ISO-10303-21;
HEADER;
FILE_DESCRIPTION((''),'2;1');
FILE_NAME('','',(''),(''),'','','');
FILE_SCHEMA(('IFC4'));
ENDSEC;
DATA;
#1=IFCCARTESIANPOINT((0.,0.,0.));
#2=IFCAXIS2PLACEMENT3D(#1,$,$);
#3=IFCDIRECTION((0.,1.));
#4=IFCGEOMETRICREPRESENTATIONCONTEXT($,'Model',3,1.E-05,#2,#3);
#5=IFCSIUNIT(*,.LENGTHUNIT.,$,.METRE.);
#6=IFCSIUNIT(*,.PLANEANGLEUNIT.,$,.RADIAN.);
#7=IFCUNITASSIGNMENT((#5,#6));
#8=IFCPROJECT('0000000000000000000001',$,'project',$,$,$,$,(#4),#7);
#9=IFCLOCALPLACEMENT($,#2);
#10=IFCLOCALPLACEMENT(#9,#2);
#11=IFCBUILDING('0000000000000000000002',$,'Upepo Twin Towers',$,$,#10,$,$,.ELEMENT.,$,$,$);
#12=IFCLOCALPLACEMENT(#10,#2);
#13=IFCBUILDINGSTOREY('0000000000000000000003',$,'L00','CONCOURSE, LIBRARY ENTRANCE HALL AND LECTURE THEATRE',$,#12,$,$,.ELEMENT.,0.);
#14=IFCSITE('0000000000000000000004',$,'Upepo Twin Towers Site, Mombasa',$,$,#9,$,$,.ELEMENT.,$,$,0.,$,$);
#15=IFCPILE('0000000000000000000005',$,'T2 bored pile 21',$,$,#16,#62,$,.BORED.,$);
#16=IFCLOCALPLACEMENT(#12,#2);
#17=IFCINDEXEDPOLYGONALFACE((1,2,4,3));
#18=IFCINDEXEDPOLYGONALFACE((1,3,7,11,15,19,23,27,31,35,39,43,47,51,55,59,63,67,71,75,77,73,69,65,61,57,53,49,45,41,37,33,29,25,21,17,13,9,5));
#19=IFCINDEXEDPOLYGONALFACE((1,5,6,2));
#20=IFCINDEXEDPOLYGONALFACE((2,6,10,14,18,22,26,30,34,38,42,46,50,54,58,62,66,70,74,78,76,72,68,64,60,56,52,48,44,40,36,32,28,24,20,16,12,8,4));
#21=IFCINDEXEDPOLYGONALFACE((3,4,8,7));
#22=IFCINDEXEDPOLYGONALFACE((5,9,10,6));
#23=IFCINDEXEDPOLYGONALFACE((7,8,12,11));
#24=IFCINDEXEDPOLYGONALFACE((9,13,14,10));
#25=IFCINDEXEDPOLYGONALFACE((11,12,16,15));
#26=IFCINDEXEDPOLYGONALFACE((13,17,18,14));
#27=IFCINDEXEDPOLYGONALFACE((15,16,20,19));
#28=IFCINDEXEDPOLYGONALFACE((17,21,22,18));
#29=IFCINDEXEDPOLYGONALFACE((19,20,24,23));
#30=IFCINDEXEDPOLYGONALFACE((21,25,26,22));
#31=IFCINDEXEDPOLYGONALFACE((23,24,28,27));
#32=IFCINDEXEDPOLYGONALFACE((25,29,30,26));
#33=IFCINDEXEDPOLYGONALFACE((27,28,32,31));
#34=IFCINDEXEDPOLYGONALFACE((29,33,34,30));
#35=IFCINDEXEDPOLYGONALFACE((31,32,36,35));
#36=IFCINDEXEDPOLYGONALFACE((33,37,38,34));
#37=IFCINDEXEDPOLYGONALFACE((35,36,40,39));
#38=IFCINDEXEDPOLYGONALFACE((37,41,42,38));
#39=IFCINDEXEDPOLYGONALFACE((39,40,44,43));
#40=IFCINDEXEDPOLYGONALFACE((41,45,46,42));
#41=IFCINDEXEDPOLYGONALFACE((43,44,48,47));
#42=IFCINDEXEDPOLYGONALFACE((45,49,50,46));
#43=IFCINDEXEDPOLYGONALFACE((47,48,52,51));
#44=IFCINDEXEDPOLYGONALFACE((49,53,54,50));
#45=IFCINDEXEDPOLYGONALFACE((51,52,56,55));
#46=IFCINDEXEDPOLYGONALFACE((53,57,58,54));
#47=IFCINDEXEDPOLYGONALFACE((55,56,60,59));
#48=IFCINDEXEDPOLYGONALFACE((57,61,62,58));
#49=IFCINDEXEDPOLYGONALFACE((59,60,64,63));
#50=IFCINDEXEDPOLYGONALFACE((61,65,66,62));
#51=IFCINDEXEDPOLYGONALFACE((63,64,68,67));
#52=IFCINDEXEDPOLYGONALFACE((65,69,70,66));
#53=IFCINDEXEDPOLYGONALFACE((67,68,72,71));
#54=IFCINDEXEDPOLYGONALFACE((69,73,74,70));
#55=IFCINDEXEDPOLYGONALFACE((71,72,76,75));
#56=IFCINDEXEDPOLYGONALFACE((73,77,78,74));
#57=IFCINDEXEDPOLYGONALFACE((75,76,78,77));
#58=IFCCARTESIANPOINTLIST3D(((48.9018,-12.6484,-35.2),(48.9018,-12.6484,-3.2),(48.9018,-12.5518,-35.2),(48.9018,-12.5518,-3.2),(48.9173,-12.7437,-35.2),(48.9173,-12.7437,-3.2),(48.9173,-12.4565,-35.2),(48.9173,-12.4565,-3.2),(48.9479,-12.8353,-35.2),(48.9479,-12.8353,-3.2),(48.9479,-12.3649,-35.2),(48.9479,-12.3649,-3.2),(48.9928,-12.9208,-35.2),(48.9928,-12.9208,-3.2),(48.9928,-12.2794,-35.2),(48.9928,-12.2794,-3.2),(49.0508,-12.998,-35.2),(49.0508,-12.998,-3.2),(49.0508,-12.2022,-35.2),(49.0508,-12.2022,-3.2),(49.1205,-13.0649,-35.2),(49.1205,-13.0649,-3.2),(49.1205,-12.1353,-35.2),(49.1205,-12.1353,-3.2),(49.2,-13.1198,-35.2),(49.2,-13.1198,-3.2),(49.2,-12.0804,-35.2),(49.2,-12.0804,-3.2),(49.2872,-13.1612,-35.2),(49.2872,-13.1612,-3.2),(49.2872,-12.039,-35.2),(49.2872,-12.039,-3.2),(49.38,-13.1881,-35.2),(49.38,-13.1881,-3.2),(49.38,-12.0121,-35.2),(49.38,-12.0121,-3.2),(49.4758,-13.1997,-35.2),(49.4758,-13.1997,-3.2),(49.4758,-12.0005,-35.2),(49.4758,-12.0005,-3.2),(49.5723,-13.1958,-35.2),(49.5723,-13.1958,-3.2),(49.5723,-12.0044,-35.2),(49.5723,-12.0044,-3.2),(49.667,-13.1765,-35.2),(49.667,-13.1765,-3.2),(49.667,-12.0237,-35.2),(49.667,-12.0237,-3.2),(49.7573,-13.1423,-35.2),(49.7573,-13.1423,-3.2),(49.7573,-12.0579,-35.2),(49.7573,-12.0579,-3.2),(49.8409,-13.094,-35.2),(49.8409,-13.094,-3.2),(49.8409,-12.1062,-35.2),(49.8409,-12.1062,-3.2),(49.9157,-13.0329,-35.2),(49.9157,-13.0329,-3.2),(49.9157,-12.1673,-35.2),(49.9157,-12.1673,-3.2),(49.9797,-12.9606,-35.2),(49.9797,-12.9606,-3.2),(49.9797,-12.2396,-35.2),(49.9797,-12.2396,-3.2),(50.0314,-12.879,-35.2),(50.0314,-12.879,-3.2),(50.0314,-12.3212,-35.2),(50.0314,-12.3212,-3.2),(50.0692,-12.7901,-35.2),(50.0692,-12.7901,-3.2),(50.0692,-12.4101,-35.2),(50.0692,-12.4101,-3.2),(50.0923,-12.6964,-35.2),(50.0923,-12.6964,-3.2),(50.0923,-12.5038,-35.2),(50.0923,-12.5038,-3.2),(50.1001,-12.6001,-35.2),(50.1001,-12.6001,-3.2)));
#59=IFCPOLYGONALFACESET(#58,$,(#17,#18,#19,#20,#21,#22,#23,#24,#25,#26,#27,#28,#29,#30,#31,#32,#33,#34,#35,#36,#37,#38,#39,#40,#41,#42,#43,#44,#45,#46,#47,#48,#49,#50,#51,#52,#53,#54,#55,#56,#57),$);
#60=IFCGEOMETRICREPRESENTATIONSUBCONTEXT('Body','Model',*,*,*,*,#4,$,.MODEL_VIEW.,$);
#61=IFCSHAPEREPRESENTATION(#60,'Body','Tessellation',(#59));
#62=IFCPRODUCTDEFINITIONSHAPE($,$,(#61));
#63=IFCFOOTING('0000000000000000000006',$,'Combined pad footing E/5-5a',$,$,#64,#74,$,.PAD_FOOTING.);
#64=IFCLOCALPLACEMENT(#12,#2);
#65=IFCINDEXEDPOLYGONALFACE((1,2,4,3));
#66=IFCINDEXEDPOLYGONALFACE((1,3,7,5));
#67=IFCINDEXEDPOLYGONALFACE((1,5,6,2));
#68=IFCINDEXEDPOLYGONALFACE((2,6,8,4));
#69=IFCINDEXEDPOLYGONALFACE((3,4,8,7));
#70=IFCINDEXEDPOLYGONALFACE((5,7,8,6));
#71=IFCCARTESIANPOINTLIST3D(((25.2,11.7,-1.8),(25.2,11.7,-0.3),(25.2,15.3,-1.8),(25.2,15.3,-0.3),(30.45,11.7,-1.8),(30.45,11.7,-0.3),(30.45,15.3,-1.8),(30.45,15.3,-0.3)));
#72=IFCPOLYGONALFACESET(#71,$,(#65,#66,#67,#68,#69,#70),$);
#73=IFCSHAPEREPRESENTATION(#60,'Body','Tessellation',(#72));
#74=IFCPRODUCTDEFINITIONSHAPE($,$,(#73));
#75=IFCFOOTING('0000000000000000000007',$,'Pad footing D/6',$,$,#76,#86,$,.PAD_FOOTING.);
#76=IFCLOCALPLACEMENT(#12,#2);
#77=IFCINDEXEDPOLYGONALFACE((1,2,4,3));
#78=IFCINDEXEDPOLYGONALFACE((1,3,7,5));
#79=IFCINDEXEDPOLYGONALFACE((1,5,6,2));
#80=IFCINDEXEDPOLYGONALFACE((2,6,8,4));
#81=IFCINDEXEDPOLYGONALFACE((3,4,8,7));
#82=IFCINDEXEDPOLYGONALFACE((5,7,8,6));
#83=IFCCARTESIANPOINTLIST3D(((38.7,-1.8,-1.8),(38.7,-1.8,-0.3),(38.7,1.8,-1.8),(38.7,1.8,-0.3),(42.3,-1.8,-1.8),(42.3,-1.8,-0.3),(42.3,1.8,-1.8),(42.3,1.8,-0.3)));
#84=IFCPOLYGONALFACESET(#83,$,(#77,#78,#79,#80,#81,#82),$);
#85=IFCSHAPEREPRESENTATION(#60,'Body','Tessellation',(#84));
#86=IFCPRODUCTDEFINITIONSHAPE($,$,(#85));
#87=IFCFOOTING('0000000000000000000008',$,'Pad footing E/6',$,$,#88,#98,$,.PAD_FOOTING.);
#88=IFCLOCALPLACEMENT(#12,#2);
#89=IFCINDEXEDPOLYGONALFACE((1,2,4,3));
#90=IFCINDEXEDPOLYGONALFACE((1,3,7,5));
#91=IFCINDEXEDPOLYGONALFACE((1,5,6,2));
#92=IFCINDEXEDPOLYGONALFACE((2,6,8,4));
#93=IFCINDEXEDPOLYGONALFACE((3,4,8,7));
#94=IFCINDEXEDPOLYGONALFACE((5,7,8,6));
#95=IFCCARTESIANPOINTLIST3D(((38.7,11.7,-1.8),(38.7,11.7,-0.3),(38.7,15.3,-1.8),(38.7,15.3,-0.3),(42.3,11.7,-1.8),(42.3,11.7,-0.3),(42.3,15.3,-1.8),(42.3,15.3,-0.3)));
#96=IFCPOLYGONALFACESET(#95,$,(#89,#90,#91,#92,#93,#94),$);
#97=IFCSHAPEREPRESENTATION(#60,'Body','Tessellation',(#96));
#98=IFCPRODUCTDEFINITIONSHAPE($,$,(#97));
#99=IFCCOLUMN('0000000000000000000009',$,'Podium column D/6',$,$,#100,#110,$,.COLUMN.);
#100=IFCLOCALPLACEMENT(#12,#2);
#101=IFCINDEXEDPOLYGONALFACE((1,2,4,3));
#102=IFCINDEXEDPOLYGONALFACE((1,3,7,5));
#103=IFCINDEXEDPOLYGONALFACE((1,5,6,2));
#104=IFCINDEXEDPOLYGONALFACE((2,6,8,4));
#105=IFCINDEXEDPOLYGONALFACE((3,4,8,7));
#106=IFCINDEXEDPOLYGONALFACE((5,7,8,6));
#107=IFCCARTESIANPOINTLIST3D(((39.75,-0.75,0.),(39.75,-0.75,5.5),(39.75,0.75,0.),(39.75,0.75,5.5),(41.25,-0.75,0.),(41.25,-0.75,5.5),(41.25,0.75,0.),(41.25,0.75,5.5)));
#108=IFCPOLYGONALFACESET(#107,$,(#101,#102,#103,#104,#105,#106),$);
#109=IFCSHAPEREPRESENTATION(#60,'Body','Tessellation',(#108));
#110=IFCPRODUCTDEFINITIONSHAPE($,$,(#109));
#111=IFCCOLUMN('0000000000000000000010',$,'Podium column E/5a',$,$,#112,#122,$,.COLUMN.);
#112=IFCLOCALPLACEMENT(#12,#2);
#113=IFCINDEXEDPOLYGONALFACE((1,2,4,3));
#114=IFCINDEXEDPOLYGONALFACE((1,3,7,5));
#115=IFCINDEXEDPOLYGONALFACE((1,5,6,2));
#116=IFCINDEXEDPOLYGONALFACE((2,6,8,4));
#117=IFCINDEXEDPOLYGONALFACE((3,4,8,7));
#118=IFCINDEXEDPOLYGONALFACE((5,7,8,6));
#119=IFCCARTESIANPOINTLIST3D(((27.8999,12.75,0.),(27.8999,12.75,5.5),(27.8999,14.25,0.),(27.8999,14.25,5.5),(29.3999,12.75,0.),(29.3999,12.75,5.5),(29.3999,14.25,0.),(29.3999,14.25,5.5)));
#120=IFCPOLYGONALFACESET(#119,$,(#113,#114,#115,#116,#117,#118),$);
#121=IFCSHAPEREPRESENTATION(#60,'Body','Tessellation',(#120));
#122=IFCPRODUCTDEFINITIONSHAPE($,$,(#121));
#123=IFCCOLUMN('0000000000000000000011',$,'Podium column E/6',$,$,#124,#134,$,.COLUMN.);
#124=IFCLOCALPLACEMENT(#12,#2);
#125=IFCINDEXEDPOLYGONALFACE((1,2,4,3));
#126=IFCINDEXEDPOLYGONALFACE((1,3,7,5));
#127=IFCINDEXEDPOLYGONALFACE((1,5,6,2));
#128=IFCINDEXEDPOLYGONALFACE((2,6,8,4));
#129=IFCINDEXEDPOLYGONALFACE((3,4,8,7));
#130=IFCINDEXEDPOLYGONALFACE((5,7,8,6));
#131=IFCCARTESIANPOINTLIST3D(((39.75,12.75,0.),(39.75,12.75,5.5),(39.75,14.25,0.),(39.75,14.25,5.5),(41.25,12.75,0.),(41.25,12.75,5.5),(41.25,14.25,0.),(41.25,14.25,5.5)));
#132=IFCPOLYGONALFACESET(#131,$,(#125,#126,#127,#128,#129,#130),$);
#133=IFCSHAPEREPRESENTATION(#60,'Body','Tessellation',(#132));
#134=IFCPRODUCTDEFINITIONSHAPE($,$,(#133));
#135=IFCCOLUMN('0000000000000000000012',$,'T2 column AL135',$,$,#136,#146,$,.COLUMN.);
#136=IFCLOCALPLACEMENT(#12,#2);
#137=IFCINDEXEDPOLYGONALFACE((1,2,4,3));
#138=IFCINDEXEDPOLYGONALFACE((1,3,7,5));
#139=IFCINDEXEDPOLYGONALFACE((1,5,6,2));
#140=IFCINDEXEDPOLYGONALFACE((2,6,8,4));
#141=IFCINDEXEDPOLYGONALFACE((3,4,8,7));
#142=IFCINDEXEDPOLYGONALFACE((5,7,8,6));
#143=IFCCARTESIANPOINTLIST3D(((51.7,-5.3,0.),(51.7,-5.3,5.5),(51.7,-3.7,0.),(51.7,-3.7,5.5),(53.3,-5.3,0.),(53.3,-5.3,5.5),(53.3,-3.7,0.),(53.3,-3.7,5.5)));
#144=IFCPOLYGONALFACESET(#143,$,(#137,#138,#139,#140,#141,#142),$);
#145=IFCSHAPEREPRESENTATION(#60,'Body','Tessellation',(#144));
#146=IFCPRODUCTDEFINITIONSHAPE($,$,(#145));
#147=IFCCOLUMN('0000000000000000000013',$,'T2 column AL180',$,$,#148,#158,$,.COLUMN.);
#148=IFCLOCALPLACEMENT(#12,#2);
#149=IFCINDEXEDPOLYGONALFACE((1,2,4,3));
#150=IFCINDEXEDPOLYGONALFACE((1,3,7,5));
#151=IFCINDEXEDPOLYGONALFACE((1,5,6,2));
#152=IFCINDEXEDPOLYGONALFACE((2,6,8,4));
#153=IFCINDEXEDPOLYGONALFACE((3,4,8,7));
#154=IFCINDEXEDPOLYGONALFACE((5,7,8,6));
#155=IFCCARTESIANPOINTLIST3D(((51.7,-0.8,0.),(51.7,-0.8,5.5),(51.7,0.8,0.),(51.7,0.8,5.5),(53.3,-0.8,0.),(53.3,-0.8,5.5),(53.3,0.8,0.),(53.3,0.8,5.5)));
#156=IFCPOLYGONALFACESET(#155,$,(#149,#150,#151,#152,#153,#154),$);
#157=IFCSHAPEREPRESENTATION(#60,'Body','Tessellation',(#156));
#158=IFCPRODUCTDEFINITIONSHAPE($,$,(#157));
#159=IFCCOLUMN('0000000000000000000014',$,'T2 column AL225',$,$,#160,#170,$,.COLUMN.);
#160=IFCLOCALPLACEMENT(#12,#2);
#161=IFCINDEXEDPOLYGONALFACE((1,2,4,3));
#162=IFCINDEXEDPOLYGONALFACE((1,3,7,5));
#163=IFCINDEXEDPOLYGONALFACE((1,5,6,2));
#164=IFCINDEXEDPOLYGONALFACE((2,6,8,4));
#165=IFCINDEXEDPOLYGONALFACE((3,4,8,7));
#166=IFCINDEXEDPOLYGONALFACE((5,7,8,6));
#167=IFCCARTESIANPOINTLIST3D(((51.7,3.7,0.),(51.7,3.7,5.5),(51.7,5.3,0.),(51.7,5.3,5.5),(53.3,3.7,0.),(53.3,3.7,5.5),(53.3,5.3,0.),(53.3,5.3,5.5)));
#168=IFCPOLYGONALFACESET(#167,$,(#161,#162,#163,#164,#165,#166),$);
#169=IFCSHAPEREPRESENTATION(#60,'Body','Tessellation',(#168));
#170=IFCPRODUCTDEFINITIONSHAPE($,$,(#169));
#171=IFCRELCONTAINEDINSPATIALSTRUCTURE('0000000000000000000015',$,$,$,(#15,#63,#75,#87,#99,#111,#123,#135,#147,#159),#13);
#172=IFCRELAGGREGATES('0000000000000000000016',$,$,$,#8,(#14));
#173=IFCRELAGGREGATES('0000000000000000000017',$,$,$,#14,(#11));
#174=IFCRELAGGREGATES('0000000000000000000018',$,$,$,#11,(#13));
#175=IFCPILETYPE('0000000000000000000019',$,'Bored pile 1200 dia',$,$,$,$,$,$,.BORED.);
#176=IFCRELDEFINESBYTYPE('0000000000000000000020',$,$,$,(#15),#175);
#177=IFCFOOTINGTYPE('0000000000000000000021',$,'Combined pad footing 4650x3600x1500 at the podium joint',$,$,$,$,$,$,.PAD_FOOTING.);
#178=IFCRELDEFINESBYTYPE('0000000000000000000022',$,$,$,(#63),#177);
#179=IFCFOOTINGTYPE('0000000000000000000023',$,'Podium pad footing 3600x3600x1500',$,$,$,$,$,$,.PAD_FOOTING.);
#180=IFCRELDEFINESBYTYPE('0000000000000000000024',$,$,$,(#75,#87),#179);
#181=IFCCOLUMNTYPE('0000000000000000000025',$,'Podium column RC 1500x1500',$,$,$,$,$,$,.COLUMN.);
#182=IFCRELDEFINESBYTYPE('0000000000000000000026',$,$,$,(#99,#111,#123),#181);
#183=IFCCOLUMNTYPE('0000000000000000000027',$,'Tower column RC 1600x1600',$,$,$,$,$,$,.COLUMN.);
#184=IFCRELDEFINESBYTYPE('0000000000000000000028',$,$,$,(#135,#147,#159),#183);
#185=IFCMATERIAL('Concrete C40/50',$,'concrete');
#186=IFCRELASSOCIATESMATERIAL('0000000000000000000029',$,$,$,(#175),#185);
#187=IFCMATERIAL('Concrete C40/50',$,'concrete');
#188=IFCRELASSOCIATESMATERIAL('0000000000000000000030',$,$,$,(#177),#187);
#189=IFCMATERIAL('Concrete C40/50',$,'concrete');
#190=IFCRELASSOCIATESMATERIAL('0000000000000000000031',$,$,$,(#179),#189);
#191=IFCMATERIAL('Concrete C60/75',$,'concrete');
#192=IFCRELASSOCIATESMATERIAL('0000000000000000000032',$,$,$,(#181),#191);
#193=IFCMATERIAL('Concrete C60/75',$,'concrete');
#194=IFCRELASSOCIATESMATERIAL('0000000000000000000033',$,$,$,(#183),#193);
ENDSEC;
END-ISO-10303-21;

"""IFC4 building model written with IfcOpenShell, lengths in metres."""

from ifc_helpers import new_model, si_unit, direction, frame, origin, origin_2d, place, context, subcontext, project, spatial, rectangle, circle, extrude, material, material_profile, profile_set, type_object, element, save


model = new_model("IFC4")

# Units and contexts
model_context = context("Model", 3, precision=1e-05, world=origin(), true_north=direction((0.0, 1.0)))
body_context = subcontext(model_context, "Body", "Model", "MODEL_VIEW")
ifc_project = project(units=[si_unit("LENGTHUNIT", "METRE"), si_unit("PLANEANGLEUNIT", "RADIAN")], contexts=[model_context])

# Site, building, storey
site_placement = place(None, origin())
site = spatial("IfcSite", under=ifc_project, at=site_placement, Name="Upepo Twin Towers Site, Mombasa", CompositionType="ELEMENT", RefElevation=0.0)
building_placement = place(site_placement, origin())
building = spatial("IfcBuilding", under=site, at=building_placement, Name="Upepo Twin Towers", CompositionType="ELEMENT")
storey_placement = place(building_placement, origin())
storey = spatial("IfcBuildingStorey", under=building, at=storey_placement, Name="L00", Description="CONCOURSE, LIBRARY ENTRANCE HALL AND LECTURE THEATRE", CompositionType="ELEMENT", Elevation=0.0)

# Pile
ifc_material_1 = material(Name="Concrete C40/50", Category="concrete")
pile_type = type_object("IfcPileType", Name="Bored pile 1200 dia", PredefinedType="BORED", material=ifc_material_1)
pile_placement = place(storey_placement, frame((49.5, -12.6001, -3.2), z_axis=(0.0, 0.0, -1.0), x_axis=(1.0, 0.0, 0.0)))
element("IfcPile", 1, at=pile_placement, inside=storey, type_object=pile_type, Name="T2 bored pile 21", PredefinedType="BORED", context=body_context, shape_type="SweptSolid", body=[
    extrude(circle(Radius=0.6001, at=origin_2d()), origin(), (0.0, 0.0, 1.0), 32.0),
])

# Footings
ifc_material_2 = material(Name="Concrete C40/50", Category="concrete")
footing_type_1 = type_object("IfcFootingType", Name="Combined pad footing 4650x3600x1500 at the podium joint", PredefinedType="PAD_FOOTING", material=ifc_material_2)
footing_placement = place(storey_placement, frame((27.825, 13.5, -1.8), z_axis=(0.0, 0.0, 1.0), x_axis=(1.0, 0.0, 0.0)))
element("IfcFooting", 2, at=footing_placement, inside=storey, type_object=footing_type_1, Name="Combined pad footing E/5-5a", PredefinedType="PAD_FOOTING", context=body_context, shape_type="SweptSolid", body=[
    extrude(rectangle(XDim=5.25, YDim=3.6001, at=origin_2d()), origin(), (0.0, 0.0, 1.0), 1.5),
])
ifc_material_3 = material(Name="Concrete C40/50", Category="concrete")
footing_type_2 = type_object("IfcFootingType", Name="Podium pad footing 3600x3600x1500", PredefinedType="PAD_FOOTING", material=ifc_material_3)
for number, where, z_axis, x_axis, name in (
    (3, (40.5, 0.0, -1.8), (0.0, 0.0, 1.0), (1.0, 0.0, 0.0), "Pad footing D/6"),
    (4, (40.5, 13.5, -1.8), (0.0, 0.0, 1.0), (1.0, 0.0, 0.0), "Pad footing E/6"),
):
    element("IfcFooting", number, at=place(storey_placement, frame(where, z_axis=z_axis, x_axis=x_axis)), inside=storey, type_object=footing_type_2, Name=name, PredefinedType="PAD_FOOTING", context=body_context, shape_type="SweptSolid", body=[
        extrude(rectangle(XDim=3.6001, YDim=3.6001, at=origin_2d()), origin(), (0.0, 0.0, 1.0), 1.5),
    ])

# Columns
ifc_material_4 = material(Name="Concrete C60/75", Category="concrete")
ifc_material_profile_1 = material_profile(ifc_material_4, rectangle(XDim=1.5, YDim=1.5, at=origin_2d()), Name="RC 1500x1500")
ifc_profile_set_1 = profile_set([ifc_material_profile_1], Name="Concrete C60/75")
column_type_1 = type_object("IfcColumnType", Name="Podium column RC 1500x1500", PredefinedType="COLUMN", material=ifc_profile_set_1)
for number, where, z_axis, x_axis, name in (
    (5, (40.5, 0.0, 0.0), (0.0, 0.0, 1.0), (1.0, 0.0, 0.0), "Podium column D/6"),
    (6, (28.6499, 13.5, 0.0), (0.0, 0.0, 1.0), (1.0, 0.0, 0.0), "Podium column E/5a"),
    (7, (40.5, 13.5, 0.0), (0.0, 0.0, 1.0), (1.0, 0.0, 0.0), "Podium column E/6"),
):
    element("IfcColumn", number, at=place(storey_placement, frame(where, z_axis=z_axis, x_axis=x_axis)), inside=storey, type_object=column_type_1, Name=name, PredefinedType="COLUMN", context=body_context, shape_type="SweptSolid", body=[
        extrude(rectangle(XDim=1.5, YDim=1.5, at=origin_2d()), origin(), (0.0, 0.0, 1.0), 5.5),
    ])
ifc_material_5 = material(Name="Concrete C60/75", Category="concrete")
ifc_material_profile_2 = material_profile(ifc_material_5, rectangle(XDim=1.6001, YDim=1.6001, at=origin_2d()), Name="RC 1600x1600")
ifc_profile_set_2 = profile_set([ifc_material_profile_2], Name="Concrete C60/75")
column_type_2 = type_object("IfcColumnType", Name="Tower column RC 1600x1600", PredefinedType="COLUMN", material=ifc_profile_set_2)
for number, where, z_axis, x_axis, name in (
    (8, (52.5, -4.5, 0.0), (0.0, 0.0, 1.0), (1.0, 0.0, 0.0), "T2 column AL135"),
    (9, (52.5, 0.0, 0.0), (0.0, 0.0, 1.0), (1.0, 0.0, 0.0), "T2 column AL180"),
    (10, (52.5, 4.5, 0.0), (0.0, 0.0, 1.0), (1.0, 0.0, 0.0), "T2 column AL225"),
):
    element("IfcColumn", number, at=place(storey_placement, frame(where, z_axis=z_axis, x_axis=x_axis)), inside=storey, type_object=column_type_2, Name=name, PredefinedType="COLUMN", context=body_context, shape_type="SweptSolid", body=[
        extrude(rectangle(XDim=1.6001, YDim=1.6001, at=origin_2d()), origin(), (0.0, 0.0, 1.0), 5.5),
    ])

save(model, "model.ifc")
